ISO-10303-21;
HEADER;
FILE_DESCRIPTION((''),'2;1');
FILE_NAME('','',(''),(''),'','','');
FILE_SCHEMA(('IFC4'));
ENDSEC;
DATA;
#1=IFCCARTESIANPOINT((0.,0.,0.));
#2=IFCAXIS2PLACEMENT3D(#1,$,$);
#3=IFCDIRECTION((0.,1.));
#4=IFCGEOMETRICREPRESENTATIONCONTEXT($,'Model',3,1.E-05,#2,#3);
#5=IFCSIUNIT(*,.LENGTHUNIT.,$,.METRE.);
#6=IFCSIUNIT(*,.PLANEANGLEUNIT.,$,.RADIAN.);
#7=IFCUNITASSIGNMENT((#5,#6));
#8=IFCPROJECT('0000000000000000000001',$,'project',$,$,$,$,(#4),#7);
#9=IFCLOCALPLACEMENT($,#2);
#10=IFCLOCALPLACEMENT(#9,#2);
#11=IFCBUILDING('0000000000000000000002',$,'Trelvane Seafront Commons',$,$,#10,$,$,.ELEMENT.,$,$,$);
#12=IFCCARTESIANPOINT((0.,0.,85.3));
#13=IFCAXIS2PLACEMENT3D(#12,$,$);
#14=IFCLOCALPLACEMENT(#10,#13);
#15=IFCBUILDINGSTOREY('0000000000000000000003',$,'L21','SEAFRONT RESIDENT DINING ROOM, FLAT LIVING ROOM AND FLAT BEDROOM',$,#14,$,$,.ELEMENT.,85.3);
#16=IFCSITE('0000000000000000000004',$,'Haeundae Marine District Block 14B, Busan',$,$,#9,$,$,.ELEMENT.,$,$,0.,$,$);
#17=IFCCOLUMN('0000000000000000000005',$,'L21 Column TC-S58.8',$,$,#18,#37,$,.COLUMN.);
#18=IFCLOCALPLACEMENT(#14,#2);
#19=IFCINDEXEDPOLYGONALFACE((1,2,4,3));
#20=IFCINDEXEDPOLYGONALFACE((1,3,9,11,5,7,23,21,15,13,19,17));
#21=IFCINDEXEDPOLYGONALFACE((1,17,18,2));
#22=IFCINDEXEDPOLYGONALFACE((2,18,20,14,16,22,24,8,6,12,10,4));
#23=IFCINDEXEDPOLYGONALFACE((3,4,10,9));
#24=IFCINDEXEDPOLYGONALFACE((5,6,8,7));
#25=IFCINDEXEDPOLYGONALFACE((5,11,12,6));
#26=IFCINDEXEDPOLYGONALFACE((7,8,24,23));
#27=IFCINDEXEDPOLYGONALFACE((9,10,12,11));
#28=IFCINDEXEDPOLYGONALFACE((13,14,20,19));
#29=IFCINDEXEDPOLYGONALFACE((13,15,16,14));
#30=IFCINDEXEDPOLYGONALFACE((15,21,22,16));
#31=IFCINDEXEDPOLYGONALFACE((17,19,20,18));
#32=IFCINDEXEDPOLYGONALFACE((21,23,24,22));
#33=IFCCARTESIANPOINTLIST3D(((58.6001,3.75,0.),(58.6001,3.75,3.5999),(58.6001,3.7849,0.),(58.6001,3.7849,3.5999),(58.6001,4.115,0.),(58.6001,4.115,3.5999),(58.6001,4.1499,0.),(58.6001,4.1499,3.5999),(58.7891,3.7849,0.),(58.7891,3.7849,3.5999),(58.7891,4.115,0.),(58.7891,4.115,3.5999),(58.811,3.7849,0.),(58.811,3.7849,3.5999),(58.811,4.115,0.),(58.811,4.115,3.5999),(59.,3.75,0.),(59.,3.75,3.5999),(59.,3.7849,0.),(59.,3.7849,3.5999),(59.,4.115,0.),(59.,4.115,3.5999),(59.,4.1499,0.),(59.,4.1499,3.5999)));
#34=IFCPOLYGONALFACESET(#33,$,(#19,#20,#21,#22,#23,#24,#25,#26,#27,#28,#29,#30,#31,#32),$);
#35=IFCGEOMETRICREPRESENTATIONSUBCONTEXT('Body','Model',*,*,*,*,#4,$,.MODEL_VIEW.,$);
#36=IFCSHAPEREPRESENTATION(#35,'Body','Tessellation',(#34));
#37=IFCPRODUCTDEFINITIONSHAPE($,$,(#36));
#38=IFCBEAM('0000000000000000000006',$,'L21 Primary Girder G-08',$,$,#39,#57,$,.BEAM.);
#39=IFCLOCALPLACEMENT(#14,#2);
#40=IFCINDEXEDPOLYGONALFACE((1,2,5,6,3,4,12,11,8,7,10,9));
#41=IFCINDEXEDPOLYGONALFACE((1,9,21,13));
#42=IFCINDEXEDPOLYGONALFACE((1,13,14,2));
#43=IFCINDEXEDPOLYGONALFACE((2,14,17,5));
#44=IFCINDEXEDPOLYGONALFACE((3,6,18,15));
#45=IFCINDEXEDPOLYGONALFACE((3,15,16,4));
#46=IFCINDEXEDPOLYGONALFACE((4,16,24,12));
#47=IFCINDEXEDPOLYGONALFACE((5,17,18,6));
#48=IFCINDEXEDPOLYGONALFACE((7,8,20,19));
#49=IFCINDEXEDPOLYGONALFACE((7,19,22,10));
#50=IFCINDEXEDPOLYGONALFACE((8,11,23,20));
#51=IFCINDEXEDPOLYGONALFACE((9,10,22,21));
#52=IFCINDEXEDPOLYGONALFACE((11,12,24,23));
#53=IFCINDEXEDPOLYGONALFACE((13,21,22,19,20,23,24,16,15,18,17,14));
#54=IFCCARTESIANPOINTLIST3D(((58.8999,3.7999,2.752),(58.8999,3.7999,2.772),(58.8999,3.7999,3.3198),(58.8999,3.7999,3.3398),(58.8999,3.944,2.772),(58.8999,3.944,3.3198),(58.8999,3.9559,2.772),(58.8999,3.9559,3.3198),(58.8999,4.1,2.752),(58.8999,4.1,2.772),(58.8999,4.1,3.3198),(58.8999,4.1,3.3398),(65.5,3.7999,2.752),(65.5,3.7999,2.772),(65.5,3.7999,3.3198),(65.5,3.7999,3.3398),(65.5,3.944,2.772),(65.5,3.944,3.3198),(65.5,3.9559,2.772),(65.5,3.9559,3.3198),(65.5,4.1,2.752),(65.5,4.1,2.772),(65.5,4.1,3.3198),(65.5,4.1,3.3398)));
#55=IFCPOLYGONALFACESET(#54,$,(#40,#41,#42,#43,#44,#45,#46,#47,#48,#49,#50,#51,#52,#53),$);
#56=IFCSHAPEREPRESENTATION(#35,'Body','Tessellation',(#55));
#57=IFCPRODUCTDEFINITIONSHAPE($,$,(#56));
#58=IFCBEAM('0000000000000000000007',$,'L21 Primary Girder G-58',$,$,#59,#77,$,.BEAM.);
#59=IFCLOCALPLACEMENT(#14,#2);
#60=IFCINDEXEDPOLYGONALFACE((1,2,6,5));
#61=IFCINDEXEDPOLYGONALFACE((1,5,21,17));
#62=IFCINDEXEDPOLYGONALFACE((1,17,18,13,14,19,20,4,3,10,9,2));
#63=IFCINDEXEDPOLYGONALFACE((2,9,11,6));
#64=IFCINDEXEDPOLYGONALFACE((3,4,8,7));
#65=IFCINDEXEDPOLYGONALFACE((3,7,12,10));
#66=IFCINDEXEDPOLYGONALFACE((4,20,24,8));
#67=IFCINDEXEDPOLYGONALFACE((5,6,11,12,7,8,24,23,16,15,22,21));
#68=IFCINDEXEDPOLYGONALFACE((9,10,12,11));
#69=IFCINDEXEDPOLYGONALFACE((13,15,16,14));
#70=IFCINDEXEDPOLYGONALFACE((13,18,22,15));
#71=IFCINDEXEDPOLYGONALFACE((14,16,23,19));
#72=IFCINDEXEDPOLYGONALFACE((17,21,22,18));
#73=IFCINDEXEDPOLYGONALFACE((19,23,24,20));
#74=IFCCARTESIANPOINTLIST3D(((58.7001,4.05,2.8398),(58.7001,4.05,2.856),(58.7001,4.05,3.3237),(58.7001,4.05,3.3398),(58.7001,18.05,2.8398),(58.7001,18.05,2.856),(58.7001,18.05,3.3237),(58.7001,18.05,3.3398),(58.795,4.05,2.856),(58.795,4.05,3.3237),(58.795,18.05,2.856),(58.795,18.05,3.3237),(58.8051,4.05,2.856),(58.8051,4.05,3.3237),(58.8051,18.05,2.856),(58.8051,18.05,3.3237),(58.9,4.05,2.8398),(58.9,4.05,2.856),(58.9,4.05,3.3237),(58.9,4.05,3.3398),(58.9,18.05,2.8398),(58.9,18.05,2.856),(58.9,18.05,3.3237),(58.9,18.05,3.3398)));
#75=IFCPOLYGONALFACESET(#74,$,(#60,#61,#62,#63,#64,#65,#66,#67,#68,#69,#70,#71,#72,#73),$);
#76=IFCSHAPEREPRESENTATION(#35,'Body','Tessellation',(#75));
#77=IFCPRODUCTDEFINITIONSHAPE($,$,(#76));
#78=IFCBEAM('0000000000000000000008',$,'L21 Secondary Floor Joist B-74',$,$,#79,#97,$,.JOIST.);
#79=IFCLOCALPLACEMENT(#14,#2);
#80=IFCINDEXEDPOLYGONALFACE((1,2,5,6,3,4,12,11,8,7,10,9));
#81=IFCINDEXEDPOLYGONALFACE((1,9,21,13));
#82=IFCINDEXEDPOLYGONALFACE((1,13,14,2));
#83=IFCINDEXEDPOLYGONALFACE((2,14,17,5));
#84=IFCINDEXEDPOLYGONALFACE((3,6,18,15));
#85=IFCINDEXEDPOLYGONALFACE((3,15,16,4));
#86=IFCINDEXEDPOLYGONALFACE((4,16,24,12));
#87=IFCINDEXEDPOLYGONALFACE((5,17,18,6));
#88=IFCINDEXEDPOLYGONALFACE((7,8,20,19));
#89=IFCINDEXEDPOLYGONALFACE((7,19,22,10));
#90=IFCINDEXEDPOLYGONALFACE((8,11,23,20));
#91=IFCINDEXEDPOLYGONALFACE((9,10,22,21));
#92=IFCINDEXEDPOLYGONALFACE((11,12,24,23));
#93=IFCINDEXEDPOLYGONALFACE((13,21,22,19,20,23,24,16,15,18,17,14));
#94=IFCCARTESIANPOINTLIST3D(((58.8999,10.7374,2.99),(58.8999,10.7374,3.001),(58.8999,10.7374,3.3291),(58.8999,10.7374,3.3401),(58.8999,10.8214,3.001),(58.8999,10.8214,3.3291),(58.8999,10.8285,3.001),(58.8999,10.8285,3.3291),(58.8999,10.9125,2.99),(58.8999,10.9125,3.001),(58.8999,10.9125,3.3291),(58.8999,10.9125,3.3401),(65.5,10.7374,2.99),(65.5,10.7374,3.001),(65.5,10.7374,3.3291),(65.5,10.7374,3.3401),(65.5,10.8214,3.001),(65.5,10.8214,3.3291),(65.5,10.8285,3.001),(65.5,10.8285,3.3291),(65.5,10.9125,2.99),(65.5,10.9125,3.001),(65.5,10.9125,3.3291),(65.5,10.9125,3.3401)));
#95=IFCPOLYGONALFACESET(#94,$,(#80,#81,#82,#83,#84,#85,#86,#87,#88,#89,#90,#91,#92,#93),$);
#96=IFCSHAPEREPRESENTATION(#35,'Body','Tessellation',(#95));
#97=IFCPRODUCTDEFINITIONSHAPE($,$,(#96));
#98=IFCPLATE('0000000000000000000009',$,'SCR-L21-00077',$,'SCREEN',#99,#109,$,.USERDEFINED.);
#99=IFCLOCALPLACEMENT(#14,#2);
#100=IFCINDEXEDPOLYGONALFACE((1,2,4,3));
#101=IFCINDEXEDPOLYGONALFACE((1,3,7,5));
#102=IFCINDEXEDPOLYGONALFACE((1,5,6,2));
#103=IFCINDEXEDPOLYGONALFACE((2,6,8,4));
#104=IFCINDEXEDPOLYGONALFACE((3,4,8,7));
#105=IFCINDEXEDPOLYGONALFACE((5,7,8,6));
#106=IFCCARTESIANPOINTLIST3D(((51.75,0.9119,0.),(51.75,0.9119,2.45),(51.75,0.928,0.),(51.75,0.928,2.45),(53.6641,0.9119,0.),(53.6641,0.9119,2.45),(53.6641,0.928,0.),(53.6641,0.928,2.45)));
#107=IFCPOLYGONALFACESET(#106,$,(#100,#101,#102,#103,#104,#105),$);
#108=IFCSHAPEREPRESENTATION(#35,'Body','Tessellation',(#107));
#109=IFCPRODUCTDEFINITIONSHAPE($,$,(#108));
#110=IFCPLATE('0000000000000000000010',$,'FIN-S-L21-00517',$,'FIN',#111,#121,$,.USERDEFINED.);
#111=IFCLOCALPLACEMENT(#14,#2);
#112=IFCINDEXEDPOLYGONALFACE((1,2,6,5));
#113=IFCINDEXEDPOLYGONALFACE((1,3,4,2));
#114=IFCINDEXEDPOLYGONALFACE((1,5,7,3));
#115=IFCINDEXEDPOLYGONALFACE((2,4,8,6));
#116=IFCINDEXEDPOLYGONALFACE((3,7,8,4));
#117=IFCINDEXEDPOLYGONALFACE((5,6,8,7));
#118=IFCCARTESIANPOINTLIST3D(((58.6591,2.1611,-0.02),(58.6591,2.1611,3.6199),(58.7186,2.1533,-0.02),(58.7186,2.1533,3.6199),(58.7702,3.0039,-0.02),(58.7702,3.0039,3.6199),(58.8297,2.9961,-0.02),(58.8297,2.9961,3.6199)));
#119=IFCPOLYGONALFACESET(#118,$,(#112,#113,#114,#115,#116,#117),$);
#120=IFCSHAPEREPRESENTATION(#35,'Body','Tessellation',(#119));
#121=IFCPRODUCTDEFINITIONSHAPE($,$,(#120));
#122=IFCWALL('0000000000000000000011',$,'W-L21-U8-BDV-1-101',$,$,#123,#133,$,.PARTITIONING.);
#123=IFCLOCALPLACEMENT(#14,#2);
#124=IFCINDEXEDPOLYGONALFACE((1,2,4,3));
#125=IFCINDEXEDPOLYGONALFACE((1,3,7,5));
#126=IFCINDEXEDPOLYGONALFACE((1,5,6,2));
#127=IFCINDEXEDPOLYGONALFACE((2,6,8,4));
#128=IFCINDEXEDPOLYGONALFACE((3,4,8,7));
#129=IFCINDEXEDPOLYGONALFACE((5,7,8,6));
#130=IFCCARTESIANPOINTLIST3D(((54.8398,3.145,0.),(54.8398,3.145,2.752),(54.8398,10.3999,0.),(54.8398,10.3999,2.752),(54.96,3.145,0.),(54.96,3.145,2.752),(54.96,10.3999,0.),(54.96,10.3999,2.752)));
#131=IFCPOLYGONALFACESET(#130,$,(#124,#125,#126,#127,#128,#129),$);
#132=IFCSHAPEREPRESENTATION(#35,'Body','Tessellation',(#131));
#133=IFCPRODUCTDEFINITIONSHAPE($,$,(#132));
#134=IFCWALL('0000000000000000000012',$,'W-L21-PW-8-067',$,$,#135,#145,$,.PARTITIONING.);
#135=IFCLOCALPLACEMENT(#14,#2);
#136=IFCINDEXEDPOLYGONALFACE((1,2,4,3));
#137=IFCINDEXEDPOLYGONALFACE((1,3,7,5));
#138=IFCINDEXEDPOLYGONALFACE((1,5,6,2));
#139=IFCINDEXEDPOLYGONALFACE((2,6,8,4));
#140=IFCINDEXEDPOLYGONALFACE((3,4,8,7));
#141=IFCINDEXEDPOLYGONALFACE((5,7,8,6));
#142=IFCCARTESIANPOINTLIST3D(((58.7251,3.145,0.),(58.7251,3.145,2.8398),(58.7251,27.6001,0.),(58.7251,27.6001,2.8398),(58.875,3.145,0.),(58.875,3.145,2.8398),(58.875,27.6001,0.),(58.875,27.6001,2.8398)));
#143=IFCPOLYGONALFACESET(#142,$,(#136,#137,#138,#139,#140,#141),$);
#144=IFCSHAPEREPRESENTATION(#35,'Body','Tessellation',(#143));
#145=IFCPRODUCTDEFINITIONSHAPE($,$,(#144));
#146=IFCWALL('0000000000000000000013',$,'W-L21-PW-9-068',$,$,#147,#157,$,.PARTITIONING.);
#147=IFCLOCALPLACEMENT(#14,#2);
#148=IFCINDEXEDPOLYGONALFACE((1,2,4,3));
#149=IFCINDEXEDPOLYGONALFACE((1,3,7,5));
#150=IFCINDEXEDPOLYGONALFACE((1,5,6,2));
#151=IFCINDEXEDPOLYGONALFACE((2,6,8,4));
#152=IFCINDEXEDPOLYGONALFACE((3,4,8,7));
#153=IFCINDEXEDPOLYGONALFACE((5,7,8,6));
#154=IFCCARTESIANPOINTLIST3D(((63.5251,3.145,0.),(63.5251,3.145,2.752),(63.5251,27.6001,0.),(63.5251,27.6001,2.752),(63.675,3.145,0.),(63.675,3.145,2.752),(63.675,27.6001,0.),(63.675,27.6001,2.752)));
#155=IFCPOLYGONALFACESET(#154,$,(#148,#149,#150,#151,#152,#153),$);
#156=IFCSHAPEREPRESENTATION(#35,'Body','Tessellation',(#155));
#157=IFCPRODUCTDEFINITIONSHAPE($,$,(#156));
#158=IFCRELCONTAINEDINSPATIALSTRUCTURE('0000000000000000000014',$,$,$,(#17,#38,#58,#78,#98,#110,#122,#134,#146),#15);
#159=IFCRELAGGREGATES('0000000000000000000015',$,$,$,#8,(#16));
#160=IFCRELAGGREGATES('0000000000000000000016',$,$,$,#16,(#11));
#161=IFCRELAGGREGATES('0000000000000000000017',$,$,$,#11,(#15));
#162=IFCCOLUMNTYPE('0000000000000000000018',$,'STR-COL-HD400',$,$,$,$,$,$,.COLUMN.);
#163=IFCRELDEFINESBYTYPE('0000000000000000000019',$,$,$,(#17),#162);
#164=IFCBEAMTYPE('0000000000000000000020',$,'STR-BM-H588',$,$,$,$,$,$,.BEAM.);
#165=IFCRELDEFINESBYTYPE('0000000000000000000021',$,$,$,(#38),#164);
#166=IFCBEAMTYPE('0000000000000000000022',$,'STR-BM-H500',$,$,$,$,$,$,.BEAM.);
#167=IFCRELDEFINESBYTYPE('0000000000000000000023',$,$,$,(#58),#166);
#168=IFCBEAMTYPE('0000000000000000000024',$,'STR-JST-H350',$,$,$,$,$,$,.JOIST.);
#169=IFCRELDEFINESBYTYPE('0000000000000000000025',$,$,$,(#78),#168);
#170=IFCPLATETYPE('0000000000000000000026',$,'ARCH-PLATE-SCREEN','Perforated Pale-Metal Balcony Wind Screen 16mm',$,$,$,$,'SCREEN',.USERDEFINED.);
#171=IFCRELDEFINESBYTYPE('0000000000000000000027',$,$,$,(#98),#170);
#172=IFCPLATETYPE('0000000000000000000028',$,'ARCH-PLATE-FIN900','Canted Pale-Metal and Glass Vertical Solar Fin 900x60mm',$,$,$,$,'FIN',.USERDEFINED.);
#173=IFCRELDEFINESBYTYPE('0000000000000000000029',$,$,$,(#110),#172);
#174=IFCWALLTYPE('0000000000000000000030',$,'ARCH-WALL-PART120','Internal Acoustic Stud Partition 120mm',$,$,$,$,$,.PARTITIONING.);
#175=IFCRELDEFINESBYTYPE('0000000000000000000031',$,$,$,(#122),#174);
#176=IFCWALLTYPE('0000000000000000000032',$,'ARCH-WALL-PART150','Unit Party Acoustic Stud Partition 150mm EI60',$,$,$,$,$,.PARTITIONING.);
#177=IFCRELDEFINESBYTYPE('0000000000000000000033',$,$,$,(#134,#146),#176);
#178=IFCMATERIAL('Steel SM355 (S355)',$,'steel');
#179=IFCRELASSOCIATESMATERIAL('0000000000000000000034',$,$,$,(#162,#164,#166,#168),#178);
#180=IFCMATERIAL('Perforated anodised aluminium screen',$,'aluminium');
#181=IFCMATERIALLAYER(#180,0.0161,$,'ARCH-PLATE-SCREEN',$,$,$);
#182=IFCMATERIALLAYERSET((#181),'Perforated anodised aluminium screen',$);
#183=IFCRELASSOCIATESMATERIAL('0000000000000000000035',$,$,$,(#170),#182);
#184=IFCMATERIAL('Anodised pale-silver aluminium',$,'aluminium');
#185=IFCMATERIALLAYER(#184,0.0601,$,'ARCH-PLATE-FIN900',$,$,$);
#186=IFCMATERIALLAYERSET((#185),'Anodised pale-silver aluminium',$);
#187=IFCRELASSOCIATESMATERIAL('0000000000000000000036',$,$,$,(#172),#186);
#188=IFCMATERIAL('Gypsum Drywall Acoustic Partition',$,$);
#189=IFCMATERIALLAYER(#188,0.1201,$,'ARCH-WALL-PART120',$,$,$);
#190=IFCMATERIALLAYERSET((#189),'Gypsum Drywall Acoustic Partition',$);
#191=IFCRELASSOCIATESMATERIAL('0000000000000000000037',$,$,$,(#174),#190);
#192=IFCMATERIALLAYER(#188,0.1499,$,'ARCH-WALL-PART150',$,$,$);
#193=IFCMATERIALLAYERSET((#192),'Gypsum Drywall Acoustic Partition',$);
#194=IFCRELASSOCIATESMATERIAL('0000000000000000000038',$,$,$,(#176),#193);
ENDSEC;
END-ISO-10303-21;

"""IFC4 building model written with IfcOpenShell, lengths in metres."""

from ifc_helpers import new_model, si_unit, direction, frame, frame_2d, origin, origin_2d, place, context, subcontext, project, spatial, rectangle, i_section, extrude, source, transform, mapped, material, layer, layer_set, material_profile, profile_set, type_object, element, save


model = new_model("IFC4")

# Units and contexts
model_context = context("Model", 3, precision=1e-05, world=origin(), true_north=direction((0.0, 1.0)))
body_context = subcontext(model_context, "Body", "Model", "MODEL_VIEW")
ifc_project = project(units=[si_unit("LENGTHUNIT", "METRE"), si_unit("PLANEANGLEUNIT", "RADIAN")], contexts=[model_context])

# Site, building, storey
site_placement = place(None, origin())
site = spatial("IfcSite", under=ifc_project, at=site_placement, Name="Haeundae Marine District Block 14B, Busan", CompositionType="ELEMENT", RefElevation=0.0)
building_placement = place(site_placement, origin())
building = spatial("IfcBuilding", under=site, at=building_placement, Name="Trelvane Seafront Commons", CompositionType="ELEMENT")
storey_placement = place(building_placement, frame((0.0, 0.0, 85.3)))
storey = spatial("IfcBuildingStorey", under=building, at=storey_placement, Name="L21", Description="SEAFRONT RESIDENT DINING ROOM, FLAT LIVING ROOM AND FLAT BEDROOM", CompositionType="ELEMENT", Elevation=85.3)

# Column
ifc_material_1 = material(Name="Steel SM355 (S355)", Category="steel")
ifc_material_profile_1 = material_profile(ifc_material_1, i_section(OverallWidth=0.3999, OverallDepth=0.3999, WebThickness=0.022, FlangeThickness=0.0349, at=origin_2d()), Name="HD-400x400x22x35")
ifc_profile_set_1 = profile_set([ifc_material_profile_1], Name="Steel SM355 (S355)")
column_type = type_object("IfcColumnType", Name="STR-COL-HD400", PredefinedType="COLUMN", material=ifc_profile_set_1)
shared_shape_1 = source(origin(), body_context, "Body", "SweptSolid", [
    extrude(i_section(OverallWidth=0.3999, OverallDepth=0.3999, WebThickness=0.022, FlangeThickness=0.0349, at=origin_2d()), origin(), (0.0, 0.0, 1.0), 3.5999),
])
column_placement = place(storey_placement, frame((58.8, 3.95, 0.0), z_axis=(0.0, 0.0, 1.0), x_axis=(1.0, 0.0, 0.0)))
element("IfcColumn", 1, at=column_placement, inside=storey, type_object=column_type, Name="L21 Column TC-S58.8", PredefinedType="COLUMN", context=body_context, shape_type="MappedRepresentation", body=[
    mapped(shared_shape_1, transform((0.0, 0.0, 0.0), x_axis=(1.0, 0.0, 0.0), y_axis=(0.0, 1.0, 0.0), z_axis=(0.0, 0.0, 1.0), scale=1.0)),
])

# Beams
ifc_material_profile_2 = material_profile(ifc_material_1, i_section(OverallWidth=0.3, OverallDepth=0.5879, WebThickness=0.012, FlangeThickness=0.02, at=origin_2d()), Name="H-588x300x12x20")
ifc_profile_set_2 = profile_set([ifc_material_profile_2], Name="Steel SM355 (S355)")
beam_type_1 = type_object("IfcBeamType", Name="STR-BM-H588", PredefinedType="BEAM", material=ifc_profile_set_2)
shared_shape_2 = source(origin(), body_context, "Body", "SweptSolid", [
    extrude(i_section(OverallWidth=0.3, OverallDepth=0.5879, WebThickness=0.012, FlangeThickness=0.02, at=origin_2d()), origin(), (0.0, 0.0, 1.0), 6.6001),
])
beam_1_placement = place(storey_placement, frame((58.8999, 3.95, 3.0459), z_axis=(1.0, 0.0, 0.0), x_axis=(0.0, 1.0, 0.0)))
element("IfcBeam", 2, at=beam_1_placement, inside=storey, type_object=beam_type_1, Name="L21 Primary Girder G-08", PredefinedType="BEAM", context=body_context, shape_type="MappedRepresentation", body=[
    mapped(shared_shape_2, transform((0.0, 0.0, 0.0), x_axis=(1.0, 0.0, 0.0), y_axis=(0.0, 1.0, 0.0), z_axis=(0.0, 0.0, 1.0), scale=1.0)),
])
ifc_material_profile_3 = material_profile(ifc_material_1, i_section(OverallWidth=0.2, OverallDepth=0.5, WebThickness=0.01, FlangeThickness=0.0161, at=origin_2d()), Name="H-500x200x10x16")
ifc_profile_set_3 = profile_set([ifc_material_profile_3], Name="Steel SM355 (S355)")
beam_type_2 = type_object("IfcBeamType", Name="STR-BM-H500", PredefinedType="BEAM", material=ifc_profile_set_3)
shared_shape_3 = source(origin(), body_context, "Body", "SweptSolid", [
    extrude(i_section(OverallWidth=0.2, OverallDepth=0.5, WebThickness=0.01, FlangeThickness=0.0161, at=origin_2d()), origin(), (0.0, 0.0, 1.0), 14.0),
])
beam_2_placement = place(storey_placement, frame((58.8, 4.05, 3.0898), z_axis=(0.0, 1.0, 0.0), x_axis=(-1.0, 0.0, 0.0)))
element("IfcBeam", 3, at=beam_2_placement, inside=storey, type_object=beam_type_2, Name="L21 Primary Girder G-58", PredefinedType="BEAM", context=body_context, shape_type="MappedRepresentation", body=[
    mapped(shared_shape_3, transform((0.0, 0.0, 0.0), x_axis=(1.0, 0.0, 0.0), y_axis=(0.0, 1.0, 0.0), z_axis=(0.0, 0.0, 1.0), scale=1.0)),
])
ifc_material_profile_4 = material_profile(ifc_material_1, i_section(OverallWidth=0.175, OverallDepth=0.3501, WebThickness=0.0071, FlangeThickness=0.011, at=origin_2d()), Name="H-350x175x7x11")
ifc_profile_set_4 = profile_set([ifc_material_profile_4], Name="Steel SM355 (S355)")
beam_type_3 = type_object("IfcBeamType", Name="STR-JST-H350", PredefinedType="JOIST", material=ifc_profile_set_4)
shared_shape_4 = source(origin(), body_context, "Body", "SweptSolid", [
    extrude(i_section(OverallWidth=0.175, OverallDepth=0.3501, WebThickness=0.0071, FlangeThickness=0.011, at=origin_2d()), origin(), (0.0, 0.0, 1.0), 6.6001),
])
beam_3_placement = place(storey_placement, frame((58.8999, 10.825, 3.165), z_axis=(1.0, 0.0, 0.0), x_axis=(0.0, 1.0, 0.0)))
element("IfcBeam", 4, at=beam_3_placement, inside=storey, type_object=beam_type_3, Name="L21 Secondary Floor Joist B-74", PredefinedType="JOIST", context=body_context, shape_type="MappedRepresentation", body=[
    mapped(shared_shape_4, transform((0.0, 0.0, 0.0), x_axis=(1.0, 0.0, 0.0), y_axis=(0.0, 1.0, 0.0), z_axis=(0.0, 0.0, 1.0), scale=1.0)),
])

# Plates
ifc_material_2 = material(Name="Perforated anodised aluminium screen", Category="aluminium")
ifc_layer_1 = layer(ifc_material_2, 0.0161, Name="ARCH-PLATE-SCREEN")
ifc_layer_set_1 = layer_set([ifc_layer_1], Name="Perforated anodised aluminium screen")
plate_type_1 = type_object("IfcPlateType", Name="ARCH-PLATE-SCREEN", Description="Perforated Pale-Metal Balcony Wind Screen 16mm", ElementType="SCREEN", PredefinedType="USERDEFINED", material=ifc_layer_set_1)
shared_shape_5 = source(origin(), body_context, "Body", "SweptSolid", [
    extrude(rectangle(XDim=1.9141, YDim=0.0161, at=origin_2d()), origin(), (0.0, 0.0, 1.0), 2.45),
])
plate_1_placement = place(storey_placement, frame((52.707, 0.9199, 0.0), z_axis=(0.0, 0.0, 1.0), x_axis=(1.0, 0.0, 0.0)))
element("IfcPlate", 5, at=plate_1_placement, inside=storey, type_object=plate_type_1, Name="SCR-L21-00077", ObjectType="SCREEN", PredefinedType="USERDEFINED", context=body_context, shape_type="MappedRepresentation", body=[
    mapped(shared_shape_5, transform((0.0, 0.0, 0.0), x_axis=(1.0, 0.0, 0.0), y_axis=(0.0, 1.0, 0.0), z_axis=(0.0, 0.0, 1.0), scale=1.0)),
])
ifc_material_3 = material(Name="Anodised pale-silver aluminium", Category="aluminium")
ifc_layer_2 = layer(ifc_material_3, 0.0601, Name="ARCH-PLATE-FIN900")
ifc_layer_set_2 = layer_set([ifc_layer_2], Name="Anodised pale-silver aluminium")
plate_type_2 = type_object("IfcPlateType", Name="ARCH-PLATE-FIN900", Description="Canted Pale-Metal and Glass Vertical Solar Fin 900x60mm", ElementType="FIN", PredefinedType="USERDEFINED", material=ifc_layer_set_2)
shared_shape_6 = source(origin(), body_context, "Body", "SweptSolid", [
    extrude(rectangle(XDim=0.8501, YDim=0.0601, at=origin_2d()), origin(), (0.0, 0.0, 1.0), 3.6399),
])
plate_2_placement = place(storey_placement, frame((58.7444, 2.5786, -0.02), z_axis=(0.0, 0.0, 1.0), x_axis=(-0.130708, -0.991421, 0.0)))
element("IfcPlate", 6, at=plate_2_placement, inside=storey, type_object=plate_type_2, Name="FIN-S-L21-00517", ObjectType="FIN", PredefinedType="USERDEFINED", context=body_context, shape_type="MappedRepresentation", body=[
    mapped(shared_shape_6, transform((0.0, 0.0, 0.0), x_axis=(1.0, 0.0, 0.0), y_axis=(0.0, 1.0, 0.0), z_axis=(0.0, 0.0, 1.0), scale=1.0)),
])

# Shared definitions
ifc_material_4 = material(Name="Gypsum Drywall Acoustic Partition")
ifc_layer_3 = layer(ifc_material_4, 0.1201, Name="ARCH-WALL-PART120")
ifc_layer_set_3 = layer_set([ifc_layer_3], Name="Gypsum Drywall Acoustic Partition")
wall_type_1 = type_object("IfcWallType", Name="ARCH-WALL-PART120", Description="Internal Acoustic Stud Partition 120mm", PredefinedType="PARTITIONING", material=ifc_layer_set_3)

# Walls
wall_1_placement = place(storey_placement, frame((54.8999, 3.145, 0.0), z_axis=(0.0, 0.0, 1.0), x_axis=(0.0, 1.0, 0.0)))
element("IfcWall", 7, at=wall_1_placement, inside=storey, type_object=wall_type_1, Name="W-L21-U8-BDV-1-101", PredefinedType="PARTITIONING", context=body_context, shape_type="SweptSolid", body=[
    extrude(rectangle(XDim=7.2549, YDim=0.1201, at=frame_2d((3.6274, 0.0))), origin(), (0.0, 0.0, 1.0), 2.752),
])
ifc_layer_4 = layer(ifc_material_4, 0.1499, Name="ARCH-WALL-PART150")
ifc_layer_set_4 = layer_set([ifc_layer_4], Name="Gypsum Drywall Acoustic Partition")
wall_type_2 = type_object("IfcWallType", Name="ARCH-WALL-PART150", Description="Unit Party Acoustic Stud Partition 150mm EI60", PredefinedType="PARTITIONING", material=ifc_layer_set_4)
wall_2_placement = place(storey_placement, frame((58.8, 3.145, 0.0), z_axis=(0.0, 0.0, 1.0), x_axis=(0.0, 1.0, 0.0)))
element("IfcWall", 8, at=wall_2_placement, inside=storey, type_object=wall_type_2, Name="W-L21-PW-8-067", PredefinedType="PARTITIONING", context=body_context, shape_type="SweptSolid", body=[
    extrude(rectangle(XDim=24.4551, YDim=0.1499, at=frame_2d((12.2275, 0.0))), origin(), (0.0, 0.0, 1.0), 2.8398),
])
wall_3_placement = place(storey_placement, frame((63.6001, 3.145, 0.0), z_axis=(0.0, 0.0, 1.0), x_axis=(0.0, 1.0, 0.0)))
element("IfcWall", 9, at=wall_3_placement, inside=storey, type_object=wall_type_2, Name="W-L21-PW-9-068", PredefinedType="PARTITIONING", context=body_context, shape_type="SweptSolid", body=[
    extrude(rectangle(XDim=24.4551, YDim=0.1499, at=frame_2d((12.2275, 0.0))), origin(), (0.0, 0.0, 1.0), 2.752),
])

save(model, "model.ifc")
